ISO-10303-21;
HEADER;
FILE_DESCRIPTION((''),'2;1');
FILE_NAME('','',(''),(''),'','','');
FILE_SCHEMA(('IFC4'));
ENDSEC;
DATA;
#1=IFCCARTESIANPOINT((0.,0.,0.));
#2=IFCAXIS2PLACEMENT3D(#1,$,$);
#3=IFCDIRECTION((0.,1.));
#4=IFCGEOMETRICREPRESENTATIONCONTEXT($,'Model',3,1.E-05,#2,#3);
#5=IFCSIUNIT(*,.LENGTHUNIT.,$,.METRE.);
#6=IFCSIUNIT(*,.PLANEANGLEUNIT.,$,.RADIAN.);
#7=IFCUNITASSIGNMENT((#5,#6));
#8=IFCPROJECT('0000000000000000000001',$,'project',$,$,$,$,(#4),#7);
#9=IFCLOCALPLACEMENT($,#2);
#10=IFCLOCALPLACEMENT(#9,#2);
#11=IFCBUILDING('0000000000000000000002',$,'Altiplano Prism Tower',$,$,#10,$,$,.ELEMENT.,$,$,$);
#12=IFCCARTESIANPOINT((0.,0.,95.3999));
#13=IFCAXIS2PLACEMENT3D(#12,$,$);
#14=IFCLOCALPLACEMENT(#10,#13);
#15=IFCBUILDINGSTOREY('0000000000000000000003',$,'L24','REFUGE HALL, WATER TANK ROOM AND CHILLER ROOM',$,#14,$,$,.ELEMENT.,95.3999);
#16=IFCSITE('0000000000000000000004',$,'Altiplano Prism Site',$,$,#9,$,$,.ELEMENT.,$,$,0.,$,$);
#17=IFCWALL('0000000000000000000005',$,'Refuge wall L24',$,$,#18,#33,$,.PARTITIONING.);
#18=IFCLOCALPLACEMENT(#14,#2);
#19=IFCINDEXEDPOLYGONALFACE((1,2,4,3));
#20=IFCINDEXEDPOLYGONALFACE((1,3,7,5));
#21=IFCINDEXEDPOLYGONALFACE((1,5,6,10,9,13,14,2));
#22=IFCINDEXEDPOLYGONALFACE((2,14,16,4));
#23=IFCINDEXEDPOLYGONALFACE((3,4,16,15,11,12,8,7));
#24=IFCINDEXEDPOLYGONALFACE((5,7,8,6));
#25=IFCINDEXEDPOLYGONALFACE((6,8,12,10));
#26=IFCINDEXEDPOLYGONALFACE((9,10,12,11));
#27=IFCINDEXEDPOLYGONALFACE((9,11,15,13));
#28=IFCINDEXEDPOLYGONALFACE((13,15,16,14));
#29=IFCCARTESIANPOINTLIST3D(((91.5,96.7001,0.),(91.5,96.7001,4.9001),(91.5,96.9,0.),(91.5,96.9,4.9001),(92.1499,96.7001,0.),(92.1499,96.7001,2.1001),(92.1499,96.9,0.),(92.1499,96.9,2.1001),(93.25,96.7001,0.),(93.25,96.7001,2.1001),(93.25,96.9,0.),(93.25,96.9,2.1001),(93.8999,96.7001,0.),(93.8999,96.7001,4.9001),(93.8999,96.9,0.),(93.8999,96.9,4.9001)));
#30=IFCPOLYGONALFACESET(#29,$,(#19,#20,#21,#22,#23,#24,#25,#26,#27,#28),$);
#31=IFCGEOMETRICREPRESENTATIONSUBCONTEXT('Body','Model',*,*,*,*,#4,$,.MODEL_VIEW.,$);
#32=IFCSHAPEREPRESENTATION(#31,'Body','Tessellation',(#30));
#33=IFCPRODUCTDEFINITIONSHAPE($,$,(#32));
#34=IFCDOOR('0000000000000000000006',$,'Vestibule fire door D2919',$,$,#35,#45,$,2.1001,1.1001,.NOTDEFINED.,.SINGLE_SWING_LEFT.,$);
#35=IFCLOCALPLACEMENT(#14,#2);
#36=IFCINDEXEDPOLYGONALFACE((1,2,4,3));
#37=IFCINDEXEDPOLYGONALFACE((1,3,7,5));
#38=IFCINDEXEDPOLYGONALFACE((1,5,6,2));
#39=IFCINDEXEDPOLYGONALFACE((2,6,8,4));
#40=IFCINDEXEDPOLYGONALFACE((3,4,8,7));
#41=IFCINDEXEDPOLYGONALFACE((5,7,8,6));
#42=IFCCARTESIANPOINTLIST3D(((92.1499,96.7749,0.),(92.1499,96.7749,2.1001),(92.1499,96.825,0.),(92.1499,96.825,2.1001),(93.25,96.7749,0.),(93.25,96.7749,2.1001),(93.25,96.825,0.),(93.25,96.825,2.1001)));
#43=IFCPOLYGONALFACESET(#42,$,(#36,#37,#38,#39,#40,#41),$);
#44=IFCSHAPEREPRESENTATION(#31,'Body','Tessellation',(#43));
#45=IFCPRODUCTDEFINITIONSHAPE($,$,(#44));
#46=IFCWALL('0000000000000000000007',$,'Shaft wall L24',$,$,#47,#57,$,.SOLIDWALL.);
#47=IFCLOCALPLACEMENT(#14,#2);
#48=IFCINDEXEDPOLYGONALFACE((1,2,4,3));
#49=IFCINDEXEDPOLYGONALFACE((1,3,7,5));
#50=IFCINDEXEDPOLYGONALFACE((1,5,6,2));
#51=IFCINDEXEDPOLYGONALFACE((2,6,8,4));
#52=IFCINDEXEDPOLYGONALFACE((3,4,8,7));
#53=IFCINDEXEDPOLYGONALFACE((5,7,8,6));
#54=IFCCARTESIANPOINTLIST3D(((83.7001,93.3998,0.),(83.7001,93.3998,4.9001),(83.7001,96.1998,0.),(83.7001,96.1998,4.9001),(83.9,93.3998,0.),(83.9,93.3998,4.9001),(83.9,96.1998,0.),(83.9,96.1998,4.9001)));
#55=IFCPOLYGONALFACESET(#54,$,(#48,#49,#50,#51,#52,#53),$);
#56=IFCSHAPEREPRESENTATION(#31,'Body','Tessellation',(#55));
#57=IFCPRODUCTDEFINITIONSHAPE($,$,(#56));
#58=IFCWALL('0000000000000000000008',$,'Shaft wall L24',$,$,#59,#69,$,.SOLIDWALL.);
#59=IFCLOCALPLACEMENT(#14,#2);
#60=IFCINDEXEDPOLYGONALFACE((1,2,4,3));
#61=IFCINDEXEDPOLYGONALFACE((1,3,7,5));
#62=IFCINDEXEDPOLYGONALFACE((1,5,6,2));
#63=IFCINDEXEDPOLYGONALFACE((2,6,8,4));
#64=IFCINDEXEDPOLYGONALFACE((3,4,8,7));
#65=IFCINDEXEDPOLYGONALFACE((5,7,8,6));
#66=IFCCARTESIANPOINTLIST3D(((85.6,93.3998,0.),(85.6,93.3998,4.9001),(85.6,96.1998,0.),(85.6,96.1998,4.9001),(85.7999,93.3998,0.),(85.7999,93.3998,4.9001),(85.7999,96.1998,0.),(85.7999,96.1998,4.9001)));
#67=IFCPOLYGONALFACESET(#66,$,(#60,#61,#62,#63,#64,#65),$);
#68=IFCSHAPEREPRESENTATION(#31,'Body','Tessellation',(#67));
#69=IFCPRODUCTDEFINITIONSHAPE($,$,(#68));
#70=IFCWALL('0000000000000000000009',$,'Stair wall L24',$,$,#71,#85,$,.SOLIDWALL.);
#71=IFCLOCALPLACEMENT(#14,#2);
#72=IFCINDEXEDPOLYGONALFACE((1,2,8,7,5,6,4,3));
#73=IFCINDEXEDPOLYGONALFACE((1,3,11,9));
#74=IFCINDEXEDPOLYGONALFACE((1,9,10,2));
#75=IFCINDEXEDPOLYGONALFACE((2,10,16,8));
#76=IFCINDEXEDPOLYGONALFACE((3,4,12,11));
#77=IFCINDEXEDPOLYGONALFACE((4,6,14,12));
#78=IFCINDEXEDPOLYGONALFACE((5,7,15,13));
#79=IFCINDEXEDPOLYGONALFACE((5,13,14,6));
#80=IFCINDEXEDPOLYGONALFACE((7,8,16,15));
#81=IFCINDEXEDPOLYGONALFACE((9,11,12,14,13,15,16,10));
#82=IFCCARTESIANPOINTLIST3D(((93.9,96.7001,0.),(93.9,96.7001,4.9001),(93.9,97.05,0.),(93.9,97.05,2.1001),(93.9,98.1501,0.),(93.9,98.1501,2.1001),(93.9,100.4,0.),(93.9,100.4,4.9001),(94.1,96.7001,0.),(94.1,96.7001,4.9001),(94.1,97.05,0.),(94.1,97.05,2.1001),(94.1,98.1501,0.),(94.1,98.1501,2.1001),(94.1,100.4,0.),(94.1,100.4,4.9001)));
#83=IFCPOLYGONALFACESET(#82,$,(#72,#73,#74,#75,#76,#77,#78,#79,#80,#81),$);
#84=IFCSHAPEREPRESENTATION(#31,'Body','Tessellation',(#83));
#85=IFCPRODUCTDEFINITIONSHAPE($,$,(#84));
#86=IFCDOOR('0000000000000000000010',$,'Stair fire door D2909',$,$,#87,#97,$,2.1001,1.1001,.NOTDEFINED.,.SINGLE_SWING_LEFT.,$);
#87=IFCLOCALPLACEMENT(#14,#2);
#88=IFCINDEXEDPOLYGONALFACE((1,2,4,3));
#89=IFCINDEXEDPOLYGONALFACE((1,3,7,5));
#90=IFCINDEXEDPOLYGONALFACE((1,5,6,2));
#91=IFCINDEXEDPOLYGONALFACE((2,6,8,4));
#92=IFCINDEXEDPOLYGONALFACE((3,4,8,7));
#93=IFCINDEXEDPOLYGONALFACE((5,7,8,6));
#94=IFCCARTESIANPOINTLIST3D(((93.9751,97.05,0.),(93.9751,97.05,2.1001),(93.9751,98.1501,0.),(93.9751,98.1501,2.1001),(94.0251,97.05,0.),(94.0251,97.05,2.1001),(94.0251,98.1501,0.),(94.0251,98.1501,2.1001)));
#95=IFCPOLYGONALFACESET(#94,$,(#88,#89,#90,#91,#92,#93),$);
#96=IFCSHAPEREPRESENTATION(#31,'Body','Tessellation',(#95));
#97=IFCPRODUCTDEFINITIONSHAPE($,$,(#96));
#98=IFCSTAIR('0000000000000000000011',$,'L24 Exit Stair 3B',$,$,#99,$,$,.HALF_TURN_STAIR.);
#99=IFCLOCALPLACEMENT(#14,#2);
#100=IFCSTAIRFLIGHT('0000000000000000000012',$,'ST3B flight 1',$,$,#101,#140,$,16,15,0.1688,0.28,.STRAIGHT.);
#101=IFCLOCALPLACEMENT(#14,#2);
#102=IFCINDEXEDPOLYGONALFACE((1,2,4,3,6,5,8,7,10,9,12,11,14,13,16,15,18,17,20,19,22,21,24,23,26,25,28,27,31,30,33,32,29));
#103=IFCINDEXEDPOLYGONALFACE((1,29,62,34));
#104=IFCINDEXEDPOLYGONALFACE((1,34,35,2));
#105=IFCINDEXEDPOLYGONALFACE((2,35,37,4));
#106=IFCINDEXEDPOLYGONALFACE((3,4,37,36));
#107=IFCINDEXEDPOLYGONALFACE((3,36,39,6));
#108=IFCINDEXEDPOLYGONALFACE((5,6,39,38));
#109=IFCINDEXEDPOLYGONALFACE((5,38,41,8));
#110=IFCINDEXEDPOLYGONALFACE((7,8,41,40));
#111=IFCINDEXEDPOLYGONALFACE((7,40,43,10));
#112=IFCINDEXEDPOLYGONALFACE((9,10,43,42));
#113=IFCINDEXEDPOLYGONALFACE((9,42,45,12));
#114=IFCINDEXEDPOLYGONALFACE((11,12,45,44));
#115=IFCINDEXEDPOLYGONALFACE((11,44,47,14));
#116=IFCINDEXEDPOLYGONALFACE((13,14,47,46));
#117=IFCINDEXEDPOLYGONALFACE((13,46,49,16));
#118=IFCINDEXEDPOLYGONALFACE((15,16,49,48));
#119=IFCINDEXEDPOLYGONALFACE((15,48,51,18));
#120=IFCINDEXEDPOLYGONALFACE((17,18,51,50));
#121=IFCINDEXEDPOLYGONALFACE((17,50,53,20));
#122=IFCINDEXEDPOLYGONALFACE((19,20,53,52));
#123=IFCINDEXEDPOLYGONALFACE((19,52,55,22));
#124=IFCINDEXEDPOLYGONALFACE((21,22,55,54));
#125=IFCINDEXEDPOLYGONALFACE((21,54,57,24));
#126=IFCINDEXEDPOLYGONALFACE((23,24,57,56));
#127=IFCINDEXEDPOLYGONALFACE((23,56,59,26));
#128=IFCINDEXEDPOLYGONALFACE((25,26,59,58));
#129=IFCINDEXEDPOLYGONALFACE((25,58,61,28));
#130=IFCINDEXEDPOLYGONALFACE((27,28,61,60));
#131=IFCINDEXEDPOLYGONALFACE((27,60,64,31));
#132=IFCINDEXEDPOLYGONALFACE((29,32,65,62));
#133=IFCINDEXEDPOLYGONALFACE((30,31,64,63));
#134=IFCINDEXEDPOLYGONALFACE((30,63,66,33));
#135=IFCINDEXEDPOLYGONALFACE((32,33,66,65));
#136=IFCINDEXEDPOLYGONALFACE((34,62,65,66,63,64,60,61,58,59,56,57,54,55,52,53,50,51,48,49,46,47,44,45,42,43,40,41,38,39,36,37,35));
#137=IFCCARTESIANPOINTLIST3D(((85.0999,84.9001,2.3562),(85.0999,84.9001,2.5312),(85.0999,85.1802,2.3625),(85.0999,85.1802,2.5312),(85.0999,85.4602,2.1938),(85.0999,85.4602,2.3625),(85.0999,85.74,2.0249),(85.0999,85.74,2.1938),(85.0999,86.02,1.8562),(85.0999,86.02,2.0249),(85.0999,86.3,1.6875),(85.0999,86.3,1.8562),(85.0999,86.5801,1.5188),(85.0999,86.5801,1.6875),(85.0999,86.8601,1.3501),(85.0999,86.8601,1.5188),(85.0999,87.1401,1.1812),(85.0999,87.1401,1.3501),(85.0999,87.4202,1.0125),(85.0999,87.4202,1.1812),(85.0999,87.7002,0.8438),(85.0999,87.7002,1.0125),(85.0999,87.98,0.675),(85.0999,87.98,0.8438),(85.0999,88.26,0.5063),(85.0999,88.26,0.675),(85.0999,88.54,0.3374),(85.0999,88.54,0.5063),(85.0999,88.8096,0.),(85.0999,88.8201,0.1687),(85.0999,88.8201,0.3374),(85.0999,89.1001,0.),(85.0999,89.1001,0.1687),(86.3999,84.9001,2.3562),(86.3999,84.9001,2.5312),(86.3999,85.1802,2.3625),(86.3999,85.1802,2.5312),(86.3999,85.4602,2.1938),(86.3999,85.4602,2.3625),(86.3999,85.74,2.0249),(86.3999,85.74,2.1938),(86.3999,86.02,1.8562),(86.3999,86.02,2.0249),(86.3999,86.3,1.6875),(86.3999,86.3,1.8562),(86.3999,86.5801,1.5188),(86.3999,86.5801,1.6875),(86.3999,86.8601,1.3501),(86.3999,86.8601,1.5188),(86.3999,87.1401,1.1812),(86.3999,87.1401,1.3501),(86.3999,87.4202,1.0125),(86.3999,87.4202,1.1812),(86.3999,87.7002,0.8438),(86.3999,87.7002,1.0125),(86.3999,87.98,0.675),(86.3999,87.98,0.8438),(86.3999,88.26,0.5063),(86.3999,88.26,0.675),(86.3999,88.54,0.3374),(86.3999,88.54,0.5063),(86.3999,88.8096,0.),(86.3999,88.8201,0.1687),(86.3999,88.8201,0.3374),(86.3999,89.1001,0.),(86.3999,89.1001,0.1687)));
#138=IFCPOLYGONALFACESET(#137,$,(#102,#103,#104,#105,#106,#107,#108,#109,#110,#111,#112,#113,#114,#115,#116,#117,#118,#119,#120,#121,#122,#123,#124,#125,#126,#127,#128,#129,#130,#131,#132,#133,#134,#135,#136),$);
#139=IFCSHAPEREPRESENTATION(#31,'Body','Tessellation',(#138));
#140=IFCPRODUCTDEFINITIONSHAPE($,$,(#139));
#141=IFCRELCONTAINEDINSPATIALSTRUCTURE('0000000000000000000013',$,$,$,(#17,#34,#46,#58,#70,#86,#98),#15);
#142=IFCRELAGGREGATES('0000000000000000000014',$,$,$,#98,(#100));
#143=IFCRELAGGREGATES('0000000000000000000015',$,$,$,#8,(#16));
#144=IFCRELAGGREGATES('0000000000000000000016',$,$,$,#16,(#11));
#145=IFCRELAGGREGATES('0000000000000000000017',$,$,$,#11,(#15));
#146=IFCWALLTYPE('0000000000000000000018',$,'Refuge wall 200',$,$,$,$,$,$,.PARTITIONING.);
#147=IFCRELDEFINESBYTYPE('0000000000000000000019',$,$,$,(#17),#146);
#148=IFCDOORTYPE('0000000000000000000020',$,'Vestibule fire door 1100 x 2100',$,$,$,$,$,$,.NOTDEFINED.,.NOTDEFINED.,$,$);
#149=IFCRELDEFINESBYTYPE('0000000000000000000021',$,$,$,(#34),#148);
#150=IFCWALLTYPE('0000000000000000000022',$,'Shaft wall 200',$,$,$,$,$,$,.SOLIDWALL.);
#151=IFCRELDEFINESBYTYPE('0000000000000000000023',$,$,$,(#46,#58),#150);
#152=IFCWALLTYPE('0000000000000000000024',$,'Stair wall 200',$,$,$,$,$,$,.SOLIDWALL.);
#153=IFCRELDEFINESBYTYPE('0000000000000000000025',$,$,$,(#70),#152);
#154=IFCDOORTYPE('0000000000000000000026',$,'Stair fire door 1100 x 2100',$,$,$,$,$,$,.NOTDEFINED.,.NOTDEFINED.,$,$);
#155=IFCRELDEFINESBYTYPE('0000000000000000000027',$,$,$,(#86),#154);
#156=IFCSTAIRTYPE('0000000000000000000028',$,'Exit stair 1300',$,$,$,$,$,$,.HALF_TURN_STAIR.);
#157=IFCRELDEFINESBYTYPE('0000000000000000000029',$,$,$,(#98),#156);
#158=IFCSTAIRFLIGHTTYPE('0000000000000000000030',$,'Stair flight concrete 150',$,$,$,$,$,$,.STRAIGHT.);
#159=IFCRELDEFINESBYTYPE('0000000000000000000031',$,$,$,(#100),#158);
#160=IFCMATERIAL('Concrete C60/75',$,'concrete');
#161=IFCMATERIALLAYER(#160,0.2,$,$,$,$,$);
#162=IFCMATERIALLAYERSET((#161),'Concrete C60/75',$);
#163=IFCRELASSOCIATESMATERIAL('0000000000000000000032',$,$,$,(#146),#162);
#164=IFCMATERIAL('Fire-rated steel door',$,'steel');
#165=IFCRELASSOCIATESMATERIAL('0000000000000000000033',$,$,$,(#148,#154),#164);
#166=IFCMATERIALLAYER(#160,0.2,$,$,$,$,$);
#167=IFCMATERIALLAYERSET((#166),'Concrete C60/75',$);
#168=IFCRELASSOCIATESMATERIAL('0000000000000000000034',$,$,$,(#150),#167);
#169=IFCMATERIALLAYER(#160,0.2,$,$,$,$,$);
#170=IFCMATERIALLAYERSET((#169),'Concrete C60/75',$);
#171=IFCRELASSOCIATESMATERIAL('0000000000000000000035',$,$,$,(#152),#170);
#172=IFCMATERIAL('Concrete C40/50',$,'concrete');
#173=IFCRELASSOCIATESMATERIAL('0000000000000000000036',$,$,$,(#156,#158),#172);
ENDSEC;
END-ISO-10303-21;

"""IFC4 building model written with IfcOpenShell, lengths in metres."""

from ifc_helpers import new_model, si_unit, direction, frame, frame_2d, origin, place, context, subcontext, project, spatial, polyline, rectangle, outline, extrude, material, layer, layer_set, type_object, element, fill, aggregate, save


model = new_model("IFC4")

# Units and contexts
model_context = context("Model", 3, precision=1e-05, world=origin(), true_north=direction((0.0, 1.0)))
body_context = subcontext(model_context, "Body", "Model", "MODEL_VIEW")
ifc_project = project(units=[si_unit("LENGTHUNIT", "METRE"), si_unit("PLANEANGLEUNIT", "RADIAN")], contexts=[model_context])

# Site, building, storey
site_placement = place(None, origin())
site = spatial("IfcSite", under=ifc_project, at=site_placement, Name="Altiplano Prism Site", CompositionType="ELEMENT", RefElevation=0.0)
building_placement = place(site_placement, origin())
building = spatial("IfcBuilding", under=site, at=building_placement, Name="Altiplano Prism Tower", CompositionType="ELEMENT")
storey_placement = place(building_placement, frame((0.0, 0.0, 95.3999)))
storey = spatial("IfcBuildingStorey", under=building, at=storey_placement, Name="L24", Description="REFUGE HALL, WATER TANK ROOM AND CHILLER ROOM", CompositionType="ELEMENT", Elevation=95.3999)

# Shared definitions
ifc_material_1 = material(Name="Concrete C60/75", Category="concrete")
ifc_layer_1 = layer(ifc_material_1, 0.2)
ifc_layer_set_1 = layer_set([ifc_layer_1], Name="Concrete C60/75")
wall_type_1 = type_object("IfcWallType", Name="Refuge wall 200", PredefinedType="PARTITIONING", material=ifc_layer_set_1)
ifc_material_2 = material(Name="Fire-rated steel door", Category="steel")
door_type_1 = type_object("IfcDoorType", Name="Vestibule fire door 1100 x 2100", OperationType="NOTDEFINED", PredefinedType="NOTDEFINED", material=ifc_material_2)

# Wall, opening, door
wall_1_placement = place(storey_placement, frame((91.5, 96.8, 0.0), z_axis=(0.0, 0.0, 1.0), x_axis=(1.0, 0.0, 0.0)))
wall_1 = element("IfcWall", 1, at=wall_1_placement, inside=storey, type_object=wall_type_1, Name="Refuge wall L24", PredefinedType="PARTITIONING", context=body_context, shape_type="SweptSolid", body=[
    extrude(rectangle(XDim=2.3999, YDim=0.2, at=frame_2d((1.2, 0.0))), origin(), (0.0, 0.0, 1.0), 4.9001),
])
opening_1_placement = place(wall_1_placement, frame((0.6499, 0.0, 0.0)))
opening_1 = element("IfcOpeningElement", 2, at=opening_1_placement, cuts=wall_1, PredefinedType="OPENING", context=body_context, shape_type="SweptSolid", body=[
    extrude(rectangle(XDim=1.1001, YDim=2.1001, at=frame_2d((0.55, 1.05))), frame((0.0, 0.1104, 0.0), z_axis=(0.0, -1.0, 0.0), x_axis=(1.0, 0.0, 0.0)), (0.0, 0.0, 1.0), 0.2209),
])
door_1_placement = place(opening_1_placement, origin())
door_1 = element("IfcDoor", 3, at=door_1_placement, inside=storey, type_object=door_type_1, Name="Vestibule fire door D2919", OperationType="SINGLE_SWING_LEFT", OverallHeight=2.1001, OverallWidth=1.1001, PredefinedType="NOTDEFINED", context=body_context, shape_type="SweptSolid", body=[
    extrude(rectangle(XDim=1.1001, YDim=2.1001, at=frame_2d((0.55, 1.05))), frame((0.0, 0.0249, 0.0), z_axis=(0.0, -1.0, 0.0), x_axis=(1.0, 0.0, 0.0)), (0.0, 0.0, 1.0), 0.05),
])
fill(opening_1, door_1)

# Walls
ifc_layer_2 = layer(ifc_material_1, 0.2)
ifc_layer_set_2 = layer_set([ifc_layer_2], Name="Concrete C60/75")
wall_type_2 = type_object("IfcWallType", Name="Shaft wall 200", PredefinedType="SOLIDWALL", material=ifc_layer_set_2)
for number, where, z_axis, x_axis, name in (
    (4, (83.8, 93.3999, 0.0), (0.0, 0.0, 1.0), (0.0, 1.0, 0.0), "Shaft wall L24"),
    (5, (85.7, 93.3999, 0.0), (0.0, 0.0, 1.0), (0.0, 1.0, 0.0), "Shaft wall L24"),
):
    element("IfcWall", number, at=place(storey_placement, frame(where, z_axis=z_axis, x_axis=x_axis)), inside=storey, type_object=wall_type_2, Name=name, PredefinedType="SOLIDWALL", context=body_context, shape_type="SweptSolid", body=[
        extrude(rectangle(XDim=2.8, YDim=0.2, at=frame_2d((1.3999, 0.0))), origin(), (0.0, 0.0, 1.0), 4.9001),
    ])

# Wall, opening, door
ifc_layer_3 = layer(ifc_material_1, 0.2)
ifc_layer_set_3 = layer_set([ifc_layer_3], Name="Concrete C60/75")
wall_type_3 = type_object("IfcWallType", Name="Stair wall 200", PredefinedType="SOLIDWALL", material=ifc_layer_set_3)
wall_2_placement = place(storey_placement, frame((94.0, 96.7, 0.0), z_axis=(0.0, 0.0, 1.0), x_axis=(0.0, 1.0, 0.0)))
wall_2 = element("IfcWall", 6, at=wall_2_placement, inside=storey, type_object=wall_type_3, Name="Stair wall L24", PredefinedType="SOLIDWALL", context=body_context, shape_type="SweptSolid", body=[
    extrude(rectangle(XDim=3.7, YDim=0.2, at=frame_2d((1.8501, 0.0))), origin(), (0.0, 0.0, 1.0), 4.9001),
])
opening_2_placement = place(wall_2_placement, frame((0.3501, 0.0, 0.0)))
opening_2 = element("IfcOpeningElement", 7, at=opening_2_placement, cuts=wall_2, PredefinedType="OPENING", context=body_context, shape_type="SweptSolid", body=[
    extrude(rectangle(XDim=1.1001, YDim=2.1001, at=frame_2d((0.55, 1.05))), frame((0.0, 0.1104, 0.0), z_axis=(0.0, -1.0, 0.0), x_axis=(1.0, 0.0, 0.0)), (0.0, 0.0, 1.0), 0.2209),
])
door_type_2 = type_object("IfcDoorType", Name="Stair fire door 1100 x 2100", OperationType="NOTDEFINED", PredefinedType="NOTDEFINED", material=ifc_material_2)
door_2_placement = place(opening_2_placement, origin())
door_2 = element("IfcDoor", 8, at=door_2_placement, inside=storey, type_object=door_type_2, Name="Stair fire door D2909", OperationType="SINGLE_SWING_LEFT", OverallHeight=2.1001, OverallWidth=1.1001, PredefinedType="NOTDEFINED", context=body_context, shape_type="SweptSolid", body=[
    extrude(rectangle(XDim=1.1001, YDim=2.1001, at=frame_2d((0.55, 1.05))), frame((0.0, 0.0249, 0.0), z_axis=(0.0, -1.0, 0.0), x_axis=(1.0, 0.0, 0.0)), (0.0, 0.0, 1.0), 0.05),
])
fill(opening_2, door_2)

# Stair, stair flight
ifc_material_3 = material(Name="Concrete C40/50", Category="concrete")
stair_type = type_object("IfcStairType", Name="Exit stair 1300", PredefinedType="HALF_TURN_STAIR", material=ifc_material_3)
stair_placement = place(storey_placement, origin())
stair = element("IfcStair", 9, at=stair_placement, inside=storey, type_object=stair_type, Name="L24 Exit Stair 3B", PredefinedType="HALF_TURN_STAIR")
stair_flight_type = type_object("IfcStairFlightType", Name="Stair flight concrete 150", PredefinedType="STRAIGHT", material=ifc_material_3)
stair_flight_placement = place(storey_placement, frame((85.75, 89.1001, 0.0), z_axis=(0.0, 0.0, 1.0), x_axis=(0.0, -1.0, 0.0)))
stair_flight = element("IfcStairFlight", 10, at=stair_flight_placement, type_object=stair_flight_type, Name="ST3B flight 1", NumberOfRisers=16, NumberOfTreads=15, PredefinedType="STRAIGHT", RiserHeight=0.1688, TreadLength=0.28, context=body_context, shape_type="SweptSolid", body=[
    extrude(outline(polyline([(0.0, 0.0), (0.0, 0.1687), (0.28, 0.1687), (0.28, 0.3374), (0.5601, 0.3374), (0.5601, 0.5063), (0.8401, 0.5063), (0.8401, 0.675), (1.1201, 0.675), (1.1201, 0.8438), (1.3999, 0.8438), (1.3999, 1.0125), (1.6799, 1.0125), (1.6799, 1.1812), (1.96, 1.1812), (1.96, 1.3501), (2.24, 1.3501), (2.24, 1.5188), (2.52, 1.5188), (2.52, 1.6875), (2.8, 1.6875), (2.8, 1.8562), (3.0801, 1.8562), (3.0801, 2.0249), (3.3601, 2.0249), (3.3601, 2.1938), (3.6399, 2.1938), (3.6399, 2.3625), (3.9199, 2.3625), (3.9199, 2.5312), (4.2, 2.5312), (4.2, 2.7), (4.2, 2.3562), (0.2905, 0.0), (0.0, 0.0)])), frame((0.0, 0.6499, 0.0), z_axis=(0.0, -1.0, 0.0), x_axis=(1.0, 0.0, 0.0)), (0.0, 0.0, 1.0), 1.3),
])
aggregate(stair, [stair_flight])

save(model, "model.ifc")
